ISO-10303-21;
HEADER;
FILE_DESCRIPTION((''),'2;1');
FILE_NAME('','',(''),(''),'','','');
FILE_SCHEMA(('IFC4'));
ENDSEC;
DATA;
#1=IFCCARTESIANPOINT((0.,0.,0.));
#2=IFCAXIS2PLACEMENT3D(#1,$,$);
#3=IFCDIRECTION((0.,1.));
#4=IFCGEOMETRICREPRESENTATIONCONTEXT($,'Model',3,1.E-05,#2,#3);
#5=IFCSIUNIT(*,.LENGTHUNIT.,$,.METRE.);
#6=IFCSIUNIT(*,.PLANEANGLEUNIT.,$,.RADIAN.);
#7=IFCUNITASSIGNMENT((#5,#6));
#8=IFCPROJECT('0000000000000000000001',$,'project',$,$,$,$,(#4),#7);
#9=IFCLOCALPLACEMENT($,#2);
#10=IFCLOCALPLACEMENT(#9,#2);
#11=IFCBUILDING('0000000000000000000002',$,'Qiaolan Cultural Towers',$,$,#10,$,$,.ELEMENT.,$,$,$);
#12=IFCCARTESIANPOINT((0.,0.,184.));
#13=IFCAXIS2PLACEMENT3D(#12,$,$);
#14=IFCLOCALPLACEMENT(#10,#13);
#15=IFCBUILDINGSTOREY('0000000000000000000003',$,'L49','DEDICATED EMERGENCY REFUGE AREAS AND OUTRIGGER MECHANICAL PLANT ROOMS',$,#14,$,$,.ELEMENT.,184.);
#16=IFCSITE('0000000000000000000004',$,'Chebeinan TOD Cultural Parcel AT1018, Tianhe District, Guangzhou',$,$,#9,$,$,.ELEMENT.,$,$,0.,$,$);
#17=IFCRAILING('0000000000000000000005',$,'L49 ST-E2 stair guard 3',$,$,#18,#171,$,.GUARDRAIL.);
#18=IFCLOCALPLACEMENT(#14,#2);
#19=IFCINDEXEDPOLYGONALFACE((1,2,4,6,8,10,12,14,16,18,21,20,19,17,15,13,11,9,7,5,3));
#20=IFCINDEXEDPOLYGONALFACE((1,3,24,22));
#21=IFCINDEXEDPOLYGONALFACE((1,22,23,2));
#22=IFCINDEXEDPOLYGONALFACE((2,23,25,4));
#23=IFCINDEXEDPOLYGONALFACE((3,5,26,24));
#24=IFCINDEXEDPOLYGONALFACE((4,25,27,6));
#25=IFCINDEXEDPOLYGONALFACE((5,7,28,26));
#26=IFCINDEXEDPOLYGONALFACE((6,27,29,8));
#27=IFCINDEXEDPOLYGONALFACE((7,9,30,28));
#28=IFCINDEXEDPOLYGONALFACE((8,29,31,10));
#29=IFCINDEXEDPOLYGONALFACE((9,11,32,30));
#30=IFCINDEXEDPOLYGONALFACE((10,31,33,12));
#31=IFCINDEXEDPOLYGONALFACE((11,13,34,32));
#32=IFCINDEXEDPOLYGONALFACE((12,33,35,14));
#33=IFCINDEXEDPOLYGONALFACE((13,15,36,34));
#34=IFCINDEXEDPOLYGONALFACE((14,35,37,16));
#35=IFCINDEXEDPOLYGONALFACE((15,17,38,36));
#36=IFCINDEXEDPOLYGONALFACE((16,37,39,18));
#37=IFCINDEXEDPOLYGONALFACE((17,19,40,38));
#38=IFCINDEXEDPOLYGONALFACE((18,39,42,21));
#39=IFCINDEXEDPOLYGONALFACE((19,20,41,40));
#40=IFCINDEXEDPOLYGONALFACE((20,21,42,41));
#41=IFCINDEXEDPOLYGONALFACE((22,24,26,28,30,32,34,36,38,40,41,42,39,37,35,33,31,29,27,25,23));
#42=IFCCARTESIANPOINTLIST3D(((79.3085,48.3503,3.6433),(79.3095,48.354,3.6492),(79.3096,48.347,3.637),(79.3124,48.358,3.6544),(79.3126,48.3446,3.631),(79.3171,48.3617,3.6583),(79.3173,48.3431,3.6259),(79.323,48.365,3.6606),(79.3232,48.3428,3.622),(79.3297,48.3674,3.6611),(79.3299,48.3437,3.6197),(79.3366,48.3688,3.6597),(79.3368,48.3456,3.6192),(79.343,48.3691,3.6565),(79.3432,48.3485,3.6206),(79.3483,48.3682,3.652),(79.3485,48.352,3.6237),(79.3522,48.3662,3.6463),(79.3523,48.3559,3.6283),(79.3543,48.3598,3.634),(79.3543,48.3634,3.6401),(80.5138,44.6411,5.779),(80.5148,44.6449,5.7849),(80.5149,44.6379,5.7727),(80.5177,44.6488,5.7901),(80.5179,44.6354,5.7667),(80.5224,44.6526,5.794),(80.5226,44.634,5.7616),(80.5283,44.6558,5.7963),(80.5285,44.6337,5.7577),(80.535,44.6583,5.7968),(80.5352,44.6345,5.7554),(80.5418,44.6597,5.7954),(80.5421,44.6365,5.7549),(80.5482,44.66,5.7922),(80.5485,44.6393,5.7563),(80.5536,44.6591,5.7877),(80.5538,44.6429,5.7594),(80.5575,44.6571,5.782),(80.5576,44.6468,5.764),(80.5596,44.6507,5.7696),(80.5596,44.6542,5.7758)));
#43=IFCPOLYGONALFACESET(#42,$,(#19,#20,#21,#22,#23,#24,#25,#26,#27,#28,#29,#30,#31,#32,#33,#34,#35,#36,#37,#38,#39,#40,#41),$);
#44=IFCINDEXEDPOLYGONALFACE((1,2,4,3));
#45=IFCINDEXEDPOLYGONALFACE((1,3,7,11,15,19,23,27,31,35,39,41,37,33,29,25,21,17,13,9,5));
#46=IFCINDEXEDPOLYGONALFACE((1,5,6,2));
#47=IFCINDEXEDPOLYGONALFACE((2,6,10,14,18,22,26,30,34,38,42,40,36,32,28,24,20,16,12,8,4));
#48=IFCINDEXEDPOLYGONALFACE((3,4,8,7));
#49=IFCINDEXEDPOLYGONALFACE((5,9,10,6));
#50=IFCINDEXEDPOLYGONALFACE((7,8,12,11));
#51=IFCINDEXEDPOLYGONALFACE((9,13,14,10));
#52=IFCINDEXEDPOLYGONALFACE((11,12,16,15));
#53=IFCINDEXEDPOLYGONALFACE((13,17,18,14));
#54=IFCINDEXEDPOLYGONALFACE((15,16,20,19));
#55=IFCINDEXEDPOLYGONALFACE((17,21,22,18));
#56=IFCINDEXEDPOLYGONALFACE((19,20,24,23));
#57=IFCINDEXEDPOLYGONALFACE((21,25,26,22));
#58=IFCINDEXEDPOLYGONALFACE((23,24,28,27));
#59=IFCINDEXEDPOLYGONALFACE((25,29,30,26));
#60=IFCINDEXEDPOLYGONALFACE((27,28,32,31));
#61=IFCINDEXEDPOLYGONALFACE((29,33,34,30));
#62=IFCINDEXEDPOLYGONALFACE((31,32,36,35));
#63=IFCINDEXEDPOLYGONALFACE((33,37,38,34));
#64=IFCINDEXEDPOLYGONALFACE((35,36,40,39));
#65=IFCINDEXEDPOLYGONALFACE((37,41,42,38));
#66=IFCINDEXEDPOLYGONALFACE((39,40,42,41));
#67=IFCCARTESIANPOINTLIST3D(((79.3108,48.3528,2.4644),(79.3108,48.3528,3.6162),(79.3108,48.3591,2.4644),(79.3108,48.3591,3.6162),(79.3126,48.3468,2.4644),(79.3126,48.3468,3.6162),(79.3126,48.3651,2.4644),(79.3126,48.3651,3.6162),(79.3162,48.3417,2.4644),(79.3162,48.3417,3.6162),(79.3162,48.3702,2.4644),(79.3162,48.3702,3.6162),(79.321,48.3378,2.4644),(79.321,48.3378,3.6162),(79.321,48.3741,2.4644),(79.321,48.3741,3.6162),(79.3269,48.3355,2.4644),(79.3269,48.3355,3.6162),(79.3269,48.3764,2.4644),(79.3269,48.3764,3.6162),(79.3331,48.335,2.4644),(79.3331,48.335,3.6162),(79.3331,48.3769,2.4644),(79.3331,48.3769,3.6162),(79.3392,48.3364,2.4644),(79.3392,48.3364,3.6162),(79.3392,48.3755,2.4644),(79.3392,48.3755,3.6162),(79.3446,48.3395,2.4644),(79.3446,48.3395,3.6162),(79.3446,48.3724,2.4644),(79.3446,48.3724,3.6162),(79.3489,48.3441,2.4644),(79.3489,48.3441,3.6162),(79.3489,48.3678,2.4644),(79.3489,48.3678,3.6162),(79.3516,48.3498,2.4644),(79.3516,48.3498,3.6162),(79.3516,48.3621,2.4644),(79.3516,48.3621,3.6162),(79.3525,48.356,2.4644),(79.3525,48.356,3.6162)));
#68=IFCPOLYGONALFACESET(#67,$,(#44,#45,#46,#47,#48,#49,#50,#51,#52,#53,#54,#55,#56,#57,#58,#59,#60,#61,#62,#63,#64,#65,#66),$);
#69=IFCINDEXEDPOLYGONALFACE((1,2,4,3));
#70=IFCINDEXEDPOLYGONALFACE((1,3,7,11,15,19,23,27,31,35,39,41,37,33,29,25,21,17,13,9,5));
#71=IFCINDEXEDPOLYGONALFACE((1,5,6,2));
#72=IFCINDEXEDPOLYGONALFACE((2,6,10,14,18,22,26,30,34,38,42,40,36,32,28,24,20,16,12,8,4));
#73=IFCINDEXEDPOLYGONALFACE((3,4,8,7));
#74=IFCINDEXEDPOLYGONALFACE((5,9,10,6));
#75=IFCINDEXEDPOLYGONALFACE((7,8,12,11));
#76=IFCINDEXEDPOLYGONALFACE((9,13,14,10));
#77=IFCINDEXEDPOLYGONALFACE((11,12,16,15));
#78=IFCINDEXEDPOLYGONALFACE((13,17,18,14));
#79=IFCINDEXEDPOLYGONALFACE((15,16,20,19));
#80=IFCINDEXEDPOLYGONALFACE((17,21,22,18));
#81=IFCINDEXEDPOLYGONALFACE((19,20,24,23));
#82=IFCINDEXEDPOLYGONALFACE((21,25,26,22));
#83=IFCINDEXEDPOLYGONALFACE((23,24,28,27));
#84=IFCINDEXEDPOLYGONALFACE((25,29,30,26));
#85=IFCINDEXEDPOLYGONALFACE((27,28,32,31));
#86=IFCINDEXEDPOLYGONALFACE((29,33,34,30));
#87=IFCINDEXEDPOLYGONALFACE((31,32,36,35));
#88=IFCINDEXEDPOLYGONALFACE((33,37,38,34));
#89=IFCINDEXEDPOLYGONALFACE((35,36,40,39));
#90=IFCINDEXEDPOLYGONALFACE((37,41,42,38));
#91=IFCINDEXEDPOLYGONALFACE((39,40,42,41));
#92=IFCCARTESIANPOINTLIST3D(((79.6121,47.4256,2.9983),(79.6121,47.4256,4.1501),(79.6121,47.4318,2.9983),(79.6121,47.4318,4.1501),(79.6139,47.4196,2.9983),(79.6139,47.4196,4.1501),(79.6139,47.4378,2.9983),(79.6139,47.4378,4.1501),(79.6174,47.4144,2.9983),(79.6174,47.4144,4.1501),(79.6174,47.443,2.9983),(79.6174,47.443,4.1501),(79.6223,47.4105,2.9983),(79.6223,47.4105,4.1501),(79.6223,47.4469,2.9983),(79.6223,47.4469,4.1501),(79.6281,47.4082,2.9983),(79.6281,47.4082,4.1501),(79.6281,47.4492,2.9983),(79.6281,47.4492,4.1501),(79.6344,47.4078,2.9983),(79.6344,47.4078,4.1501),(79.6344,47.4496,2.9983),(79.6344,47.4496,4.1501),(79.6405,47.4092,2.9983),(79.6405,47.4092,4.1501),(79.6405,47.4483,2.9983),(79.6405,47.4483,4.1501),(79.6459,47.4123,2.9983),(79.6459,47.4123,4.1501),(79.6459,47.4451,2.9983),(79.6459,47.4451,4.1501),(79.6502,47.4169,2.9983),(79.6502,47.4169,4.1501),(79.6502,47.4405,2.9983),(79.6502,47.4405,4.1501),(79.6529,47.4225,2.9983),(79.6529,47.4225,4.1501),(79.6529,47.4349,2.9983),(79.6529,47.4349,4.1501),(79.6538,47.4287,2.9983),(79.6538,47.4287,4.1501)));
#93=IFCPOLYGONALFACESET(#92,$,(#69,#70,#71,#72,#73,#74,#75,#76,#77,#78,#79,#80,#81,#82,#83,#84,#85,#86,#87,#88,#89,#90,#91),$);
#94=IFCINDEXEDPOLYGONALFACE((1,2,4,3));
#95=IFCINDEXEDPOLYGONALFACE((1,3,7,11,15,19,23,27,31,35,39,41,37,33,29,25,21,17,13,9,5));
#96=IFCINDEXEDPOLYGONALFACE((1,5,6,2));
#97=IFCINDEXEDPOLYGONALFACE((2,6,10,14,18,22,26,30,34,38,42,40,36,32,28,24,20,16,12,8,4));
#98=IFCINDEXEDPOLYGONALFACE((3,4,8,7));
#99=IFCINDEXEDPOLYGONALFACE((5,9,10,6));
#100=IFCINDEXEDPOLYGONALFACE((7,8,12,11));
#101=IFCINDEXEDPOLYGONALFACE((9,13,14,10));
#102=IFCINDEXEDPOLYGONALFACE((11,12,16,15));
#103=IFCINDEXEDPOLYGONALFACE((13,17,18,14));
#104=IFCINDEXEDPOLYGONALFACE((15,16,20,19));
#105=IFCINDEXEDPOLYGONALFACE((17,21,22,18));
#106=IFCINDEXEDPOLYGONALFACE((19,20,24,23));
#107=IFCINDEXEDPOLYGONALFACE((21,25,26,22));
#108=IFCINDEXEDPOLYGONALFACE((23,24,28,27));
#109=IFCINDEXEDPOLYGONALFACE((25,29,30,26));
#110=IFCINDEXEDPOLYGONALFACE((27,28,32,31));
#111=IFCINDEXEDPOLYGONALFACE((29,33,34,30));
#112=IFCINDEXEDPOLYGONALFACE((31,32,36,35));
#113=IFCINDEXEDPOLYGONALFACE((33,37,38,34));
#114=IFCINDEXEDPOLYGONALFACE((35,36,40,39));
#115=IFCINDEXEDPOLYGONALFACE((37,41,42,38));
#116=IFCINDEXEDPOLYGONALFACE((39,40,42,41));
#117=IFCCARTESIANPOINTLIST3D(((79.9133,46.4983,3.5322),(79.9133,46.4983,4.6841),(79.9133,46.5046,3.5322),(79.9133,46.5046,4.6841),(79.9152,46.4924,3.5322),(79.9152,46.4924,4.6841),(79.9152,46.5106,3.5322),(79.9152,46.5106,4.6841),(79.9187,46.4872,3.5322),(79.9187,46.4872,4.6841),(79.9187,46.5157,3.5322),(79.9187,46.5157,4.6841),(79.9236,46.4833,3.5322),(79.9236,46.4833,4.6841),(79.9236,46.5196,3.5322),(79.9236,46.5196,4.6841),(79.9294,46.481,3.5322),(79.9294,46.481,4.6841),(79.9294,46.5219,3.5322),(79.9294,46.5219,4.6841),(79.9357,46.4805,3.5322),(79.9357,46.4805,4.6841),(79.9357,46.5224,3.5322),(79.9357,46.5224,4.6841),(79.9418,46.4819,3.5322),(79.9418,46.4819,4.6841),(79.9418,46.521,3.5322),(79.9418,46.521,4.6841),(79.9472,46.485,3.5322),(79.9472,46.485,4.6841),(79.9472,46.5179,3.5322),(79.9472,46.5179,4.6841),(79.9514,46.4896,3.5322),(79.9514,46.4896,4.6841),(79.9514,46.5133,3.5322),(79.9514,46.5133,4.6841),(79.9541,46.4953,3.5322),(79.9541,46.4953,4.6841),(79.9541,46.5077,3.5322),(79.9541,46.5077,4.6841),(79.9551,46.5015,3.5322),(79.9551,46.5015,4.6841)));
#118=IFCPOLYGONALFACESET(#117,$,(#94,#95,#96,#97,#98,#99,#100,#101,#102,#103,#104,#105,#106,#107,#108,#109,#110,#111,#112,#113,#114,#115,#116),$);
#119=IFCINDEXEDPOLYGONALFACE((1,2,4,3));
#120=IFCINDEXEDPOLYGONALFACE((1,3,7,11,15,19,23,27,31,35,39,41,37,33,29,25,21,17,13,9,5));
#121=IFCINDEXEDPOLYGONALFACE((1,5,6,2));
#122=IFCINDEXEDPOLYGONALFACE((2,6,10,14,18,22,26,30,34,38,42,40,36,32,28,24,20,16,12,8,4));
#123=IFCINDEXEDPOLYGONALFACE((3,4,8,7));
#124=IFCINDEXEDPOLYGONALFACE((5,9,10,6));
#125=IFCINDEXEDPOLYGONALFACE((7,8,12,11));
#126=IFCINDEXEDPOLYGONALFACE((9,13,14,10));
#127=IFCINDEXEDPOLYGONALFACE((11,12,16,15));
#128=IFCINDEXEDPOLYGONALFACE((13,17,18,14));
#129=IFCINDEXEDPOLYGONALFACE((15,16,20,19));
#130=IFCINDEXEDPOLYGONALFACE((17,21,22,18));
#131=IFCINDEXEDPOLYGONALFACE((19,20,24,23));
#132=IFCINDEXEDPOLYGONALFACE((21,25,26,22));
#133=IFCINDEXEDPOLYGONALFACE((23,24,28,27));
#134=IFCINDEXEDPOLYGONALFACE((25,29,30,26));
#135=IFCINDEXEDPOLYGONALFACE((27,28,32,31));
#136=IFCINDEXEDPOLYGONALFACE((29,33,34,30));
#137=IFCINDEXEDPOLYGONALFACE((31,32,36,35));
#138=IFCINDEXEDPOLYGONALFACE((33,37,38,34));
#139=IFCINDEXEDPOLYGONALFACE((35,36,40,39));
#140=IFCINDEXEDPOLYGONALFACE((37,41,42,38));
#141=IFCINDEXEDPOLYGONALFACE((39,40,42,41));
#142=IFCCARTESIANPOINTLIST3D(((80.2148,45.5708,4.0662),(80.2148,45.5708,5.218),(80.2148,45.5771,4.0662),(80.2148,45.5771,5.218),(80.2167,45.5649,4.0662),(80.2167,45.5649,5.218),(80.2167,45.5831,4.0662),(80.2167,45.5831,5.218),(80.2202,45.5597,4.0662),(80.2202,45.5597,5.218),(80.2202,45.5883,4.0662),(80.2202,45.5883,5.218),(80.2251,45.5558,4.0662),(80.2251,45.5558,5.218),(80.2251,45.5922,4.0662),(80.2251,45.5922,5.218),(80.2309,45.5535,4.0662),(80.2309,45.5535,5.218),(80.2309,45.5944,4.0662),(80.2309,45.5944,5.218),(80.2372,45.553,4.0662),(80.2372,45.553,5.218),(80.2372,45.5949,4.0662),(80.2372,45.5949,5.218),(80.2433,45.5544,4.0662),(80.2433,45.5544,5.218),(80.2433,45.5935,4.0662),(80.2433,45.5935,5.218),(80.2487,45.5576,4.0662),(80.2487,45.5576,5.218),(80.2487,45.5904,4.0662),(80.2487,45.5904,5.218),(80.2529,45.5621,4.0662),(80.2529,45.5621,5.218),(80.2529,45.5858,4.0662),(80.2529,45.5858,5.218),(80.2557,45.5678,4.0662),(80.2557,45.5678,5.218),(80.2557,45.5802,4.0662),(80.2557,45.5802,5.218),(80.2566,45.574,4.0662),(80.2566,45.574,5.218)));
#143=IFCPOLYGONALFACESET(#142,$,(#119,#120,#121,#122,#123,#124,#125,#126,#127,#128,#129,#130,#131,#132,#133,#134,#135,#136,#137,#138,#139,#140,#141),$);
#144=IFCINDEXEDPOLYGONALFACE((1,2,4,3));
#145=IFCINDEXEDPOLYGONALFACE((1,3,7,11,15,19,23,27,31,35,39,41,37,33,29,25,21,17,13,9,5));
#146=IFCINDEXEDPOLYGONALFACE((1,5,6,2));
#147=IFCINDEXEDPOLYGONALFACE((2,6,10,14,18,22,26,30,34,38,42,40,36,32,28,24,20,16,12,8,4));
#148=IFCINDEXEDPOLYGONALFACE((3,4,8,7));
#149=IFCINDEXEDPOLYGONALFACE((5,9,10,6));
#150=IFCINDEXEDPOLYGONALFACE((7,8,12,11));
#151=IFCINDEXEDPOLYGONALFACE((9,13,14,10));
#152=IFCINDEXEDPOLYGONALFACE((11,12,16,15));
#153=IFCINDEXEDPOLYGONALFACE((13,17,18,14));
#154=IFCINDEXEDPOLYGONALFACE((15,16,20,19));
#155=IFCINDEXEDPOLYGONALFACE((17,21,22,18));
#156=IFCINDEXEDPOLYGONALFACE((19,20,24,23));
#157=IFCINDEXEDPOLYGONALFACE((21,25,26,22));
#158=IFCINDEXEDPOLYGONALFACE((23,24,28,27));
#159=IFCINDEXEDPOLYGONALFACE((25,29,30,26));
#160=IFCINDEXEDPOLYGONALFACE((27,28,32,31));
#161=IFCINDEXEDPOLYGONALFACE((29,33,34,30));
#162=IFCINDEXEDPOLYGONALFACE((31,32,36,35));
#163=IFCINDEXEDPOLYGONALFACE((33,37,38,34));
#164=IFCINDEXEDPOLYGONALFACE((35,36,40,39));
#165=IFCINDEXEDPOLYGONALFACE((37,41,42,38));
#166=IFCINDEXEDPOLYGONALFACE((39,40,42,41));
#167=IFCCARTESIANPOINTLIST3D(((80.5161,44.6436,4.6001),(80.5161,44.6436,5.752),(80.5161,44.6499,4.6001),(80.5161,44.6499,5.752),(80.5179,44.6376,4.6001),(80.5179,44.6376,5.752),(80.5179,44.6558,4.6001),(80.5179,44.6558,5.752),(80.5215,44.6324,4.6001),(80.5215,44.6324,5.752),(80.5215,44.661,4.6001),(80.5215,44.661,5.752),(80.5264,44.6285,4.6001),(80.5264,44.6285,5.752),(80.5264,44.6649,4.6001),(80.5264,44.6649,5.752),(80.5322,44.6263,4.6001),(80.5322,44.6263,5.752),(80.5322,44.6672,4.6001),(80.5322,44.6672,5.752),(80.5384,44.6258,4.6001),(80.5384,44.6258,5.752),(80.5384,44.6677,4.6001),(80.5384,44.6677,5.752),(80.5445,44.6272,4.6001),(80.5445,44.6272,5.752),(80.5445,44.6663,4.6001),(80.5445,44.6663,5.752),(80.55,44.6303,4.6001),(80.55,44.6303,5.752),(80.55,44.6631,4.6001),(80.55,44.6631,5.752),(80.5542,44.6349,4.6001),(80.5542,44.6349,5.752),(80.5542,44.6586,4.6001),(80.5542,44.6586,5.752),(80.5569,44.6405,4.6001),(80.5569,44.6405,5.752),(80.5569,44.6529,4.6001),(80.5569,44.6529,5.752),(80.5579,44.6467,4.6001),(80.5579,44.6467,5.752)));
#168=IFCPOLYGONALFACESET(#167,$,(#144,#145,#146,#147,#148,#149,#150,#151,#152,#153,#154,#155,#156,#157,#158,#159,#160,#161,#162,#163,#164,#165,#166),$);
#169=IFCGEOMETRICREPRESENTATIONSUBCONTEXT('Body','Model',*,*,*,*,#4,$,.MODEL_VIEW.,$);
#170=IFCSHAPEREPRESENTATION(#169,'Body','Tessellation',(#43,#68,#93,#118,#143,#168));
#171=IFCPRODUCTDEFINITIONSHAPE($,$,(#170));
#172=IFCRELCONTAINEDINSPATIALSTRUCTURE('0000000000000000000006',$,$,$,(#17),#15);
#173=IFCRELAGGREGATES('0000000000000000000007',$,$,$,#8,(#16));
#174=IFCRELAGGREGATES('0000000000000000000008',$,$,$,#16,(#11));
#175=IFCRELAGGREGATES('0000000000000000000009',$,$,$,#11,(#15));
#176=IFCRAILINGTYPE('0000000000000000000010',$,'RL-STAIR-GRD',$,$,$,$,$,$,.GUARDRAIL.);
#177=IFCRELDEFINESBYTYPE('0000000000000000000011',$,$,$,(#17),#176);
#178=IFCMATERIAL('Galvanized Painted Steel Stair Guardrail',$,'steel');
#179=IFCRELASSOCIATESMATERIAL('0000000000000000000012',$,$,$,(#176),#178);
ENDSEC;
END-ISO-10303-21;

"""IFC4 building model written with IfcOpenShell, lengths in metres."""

from ifc_helpers import new_model, si_unit, direction, frame, origin, origin_2d, place, context, subcontext, project, spatial, circle, extrude, material, type_object, element, save


model = new_model("IFC4")

# Units and contexts
model_context = context("Model", 3, precision=1e-05, world=origin(), true_north=direction((0.0, 1.0)))
body_context = subcontext(model_context, "Body", "Model", "MODEL_VIEW")
ifc_project = project(units=[si_unit("LENGTHUNIT", "METRE"), si_unit("PLANEANGLEUNIT", "RADIAN")], contexts=[model_context])

# Site, building, storey
site_placement = place(None, origin())
site = spatial("IfcSite", under=ifc_project, at=site_placement, Name="Chebeinan TOD Cultural Parcel AT1018, Tianhe District, Guangzhou", CompositionType="ELEMENT", RefElevation=0.0)
building_placement = place(site_placement, origin())
building = spatial("IfcBuilding", under=site, at=building_placement, Name="Qiaolan Cultural Towers", CompositionType="ELEMENT")
storey_placement = place(building_placement, frame((0.0, 0.0, 184.0)))
storey = spatial("IfcBuildingStorey", under=building, at=storey_placement, Name="L49", Description="DEDICATED EMERGENCY REFUGE AREAS AND OUTRIGGER MECHANICAL PLANT ROOMS", CompositionType="ELEMENT", Elevation=184.0)

# Railing
ifc_material_1 = material(Name="Galvanized Painted Steel Stair Guardrail", Category="steel")
railing_type_1 = type_object("IfcRailingType", Name="RL-STAIR-GRD", PredefinedType="GUARDRAIL", material=ifc_material_1)
railing_1_placement = place(storey_placement, frame((79.3315, 48.356, 2.4644)))
element("IfcRailing", 1, at=railing_1_placement, inside=storey, type_object=railing_type_1, Name="L49 ST-E2 stair guard 3", PredefinedType="GUARDRAIL", context=body_context, shape_type="SweptSolid", body=[
    extrude(circle(Radius=0.0239, at=origin_2d()), frame((0.0, 0.0, 1.1758), z_axis=(0.271064, -0.834165, 0.480305), x_axis=(0.951047, 0.309045, 0.0)), (0.0, 0.0, 1.0), 4.4465),
    extrude(circle(Radius=0.021, at=origin_2d()), origin(), (0.0, 0.0, 1.0), 1.1519),
    extrude(circle(Radius=0.021, at=origin_2d()), frame((0.3013, -0.9272, 0.5339)), (0.0, 0.0, 1.0), 1.1519),
    extrude(circle(Radius=0.021, at=origin_2d()), frame((0.6025, -1.8545, 1.0679)), (0.0, 0.0, 1.0), 1.1519),
    extrude(circle(Radius=0.021, at=origin_2d()), frame((0.9041, -2.782, 1.6018)), (0.0, 0.0, 1.0), 1.1519),
    extrude(circle(Radius=0.021, at=origin_2d()), frame((1.2053, -3.7092, 2.1357)), (0.0, 0.0, 1.0), 1.1519),
])

save(model, "model.ifc")
